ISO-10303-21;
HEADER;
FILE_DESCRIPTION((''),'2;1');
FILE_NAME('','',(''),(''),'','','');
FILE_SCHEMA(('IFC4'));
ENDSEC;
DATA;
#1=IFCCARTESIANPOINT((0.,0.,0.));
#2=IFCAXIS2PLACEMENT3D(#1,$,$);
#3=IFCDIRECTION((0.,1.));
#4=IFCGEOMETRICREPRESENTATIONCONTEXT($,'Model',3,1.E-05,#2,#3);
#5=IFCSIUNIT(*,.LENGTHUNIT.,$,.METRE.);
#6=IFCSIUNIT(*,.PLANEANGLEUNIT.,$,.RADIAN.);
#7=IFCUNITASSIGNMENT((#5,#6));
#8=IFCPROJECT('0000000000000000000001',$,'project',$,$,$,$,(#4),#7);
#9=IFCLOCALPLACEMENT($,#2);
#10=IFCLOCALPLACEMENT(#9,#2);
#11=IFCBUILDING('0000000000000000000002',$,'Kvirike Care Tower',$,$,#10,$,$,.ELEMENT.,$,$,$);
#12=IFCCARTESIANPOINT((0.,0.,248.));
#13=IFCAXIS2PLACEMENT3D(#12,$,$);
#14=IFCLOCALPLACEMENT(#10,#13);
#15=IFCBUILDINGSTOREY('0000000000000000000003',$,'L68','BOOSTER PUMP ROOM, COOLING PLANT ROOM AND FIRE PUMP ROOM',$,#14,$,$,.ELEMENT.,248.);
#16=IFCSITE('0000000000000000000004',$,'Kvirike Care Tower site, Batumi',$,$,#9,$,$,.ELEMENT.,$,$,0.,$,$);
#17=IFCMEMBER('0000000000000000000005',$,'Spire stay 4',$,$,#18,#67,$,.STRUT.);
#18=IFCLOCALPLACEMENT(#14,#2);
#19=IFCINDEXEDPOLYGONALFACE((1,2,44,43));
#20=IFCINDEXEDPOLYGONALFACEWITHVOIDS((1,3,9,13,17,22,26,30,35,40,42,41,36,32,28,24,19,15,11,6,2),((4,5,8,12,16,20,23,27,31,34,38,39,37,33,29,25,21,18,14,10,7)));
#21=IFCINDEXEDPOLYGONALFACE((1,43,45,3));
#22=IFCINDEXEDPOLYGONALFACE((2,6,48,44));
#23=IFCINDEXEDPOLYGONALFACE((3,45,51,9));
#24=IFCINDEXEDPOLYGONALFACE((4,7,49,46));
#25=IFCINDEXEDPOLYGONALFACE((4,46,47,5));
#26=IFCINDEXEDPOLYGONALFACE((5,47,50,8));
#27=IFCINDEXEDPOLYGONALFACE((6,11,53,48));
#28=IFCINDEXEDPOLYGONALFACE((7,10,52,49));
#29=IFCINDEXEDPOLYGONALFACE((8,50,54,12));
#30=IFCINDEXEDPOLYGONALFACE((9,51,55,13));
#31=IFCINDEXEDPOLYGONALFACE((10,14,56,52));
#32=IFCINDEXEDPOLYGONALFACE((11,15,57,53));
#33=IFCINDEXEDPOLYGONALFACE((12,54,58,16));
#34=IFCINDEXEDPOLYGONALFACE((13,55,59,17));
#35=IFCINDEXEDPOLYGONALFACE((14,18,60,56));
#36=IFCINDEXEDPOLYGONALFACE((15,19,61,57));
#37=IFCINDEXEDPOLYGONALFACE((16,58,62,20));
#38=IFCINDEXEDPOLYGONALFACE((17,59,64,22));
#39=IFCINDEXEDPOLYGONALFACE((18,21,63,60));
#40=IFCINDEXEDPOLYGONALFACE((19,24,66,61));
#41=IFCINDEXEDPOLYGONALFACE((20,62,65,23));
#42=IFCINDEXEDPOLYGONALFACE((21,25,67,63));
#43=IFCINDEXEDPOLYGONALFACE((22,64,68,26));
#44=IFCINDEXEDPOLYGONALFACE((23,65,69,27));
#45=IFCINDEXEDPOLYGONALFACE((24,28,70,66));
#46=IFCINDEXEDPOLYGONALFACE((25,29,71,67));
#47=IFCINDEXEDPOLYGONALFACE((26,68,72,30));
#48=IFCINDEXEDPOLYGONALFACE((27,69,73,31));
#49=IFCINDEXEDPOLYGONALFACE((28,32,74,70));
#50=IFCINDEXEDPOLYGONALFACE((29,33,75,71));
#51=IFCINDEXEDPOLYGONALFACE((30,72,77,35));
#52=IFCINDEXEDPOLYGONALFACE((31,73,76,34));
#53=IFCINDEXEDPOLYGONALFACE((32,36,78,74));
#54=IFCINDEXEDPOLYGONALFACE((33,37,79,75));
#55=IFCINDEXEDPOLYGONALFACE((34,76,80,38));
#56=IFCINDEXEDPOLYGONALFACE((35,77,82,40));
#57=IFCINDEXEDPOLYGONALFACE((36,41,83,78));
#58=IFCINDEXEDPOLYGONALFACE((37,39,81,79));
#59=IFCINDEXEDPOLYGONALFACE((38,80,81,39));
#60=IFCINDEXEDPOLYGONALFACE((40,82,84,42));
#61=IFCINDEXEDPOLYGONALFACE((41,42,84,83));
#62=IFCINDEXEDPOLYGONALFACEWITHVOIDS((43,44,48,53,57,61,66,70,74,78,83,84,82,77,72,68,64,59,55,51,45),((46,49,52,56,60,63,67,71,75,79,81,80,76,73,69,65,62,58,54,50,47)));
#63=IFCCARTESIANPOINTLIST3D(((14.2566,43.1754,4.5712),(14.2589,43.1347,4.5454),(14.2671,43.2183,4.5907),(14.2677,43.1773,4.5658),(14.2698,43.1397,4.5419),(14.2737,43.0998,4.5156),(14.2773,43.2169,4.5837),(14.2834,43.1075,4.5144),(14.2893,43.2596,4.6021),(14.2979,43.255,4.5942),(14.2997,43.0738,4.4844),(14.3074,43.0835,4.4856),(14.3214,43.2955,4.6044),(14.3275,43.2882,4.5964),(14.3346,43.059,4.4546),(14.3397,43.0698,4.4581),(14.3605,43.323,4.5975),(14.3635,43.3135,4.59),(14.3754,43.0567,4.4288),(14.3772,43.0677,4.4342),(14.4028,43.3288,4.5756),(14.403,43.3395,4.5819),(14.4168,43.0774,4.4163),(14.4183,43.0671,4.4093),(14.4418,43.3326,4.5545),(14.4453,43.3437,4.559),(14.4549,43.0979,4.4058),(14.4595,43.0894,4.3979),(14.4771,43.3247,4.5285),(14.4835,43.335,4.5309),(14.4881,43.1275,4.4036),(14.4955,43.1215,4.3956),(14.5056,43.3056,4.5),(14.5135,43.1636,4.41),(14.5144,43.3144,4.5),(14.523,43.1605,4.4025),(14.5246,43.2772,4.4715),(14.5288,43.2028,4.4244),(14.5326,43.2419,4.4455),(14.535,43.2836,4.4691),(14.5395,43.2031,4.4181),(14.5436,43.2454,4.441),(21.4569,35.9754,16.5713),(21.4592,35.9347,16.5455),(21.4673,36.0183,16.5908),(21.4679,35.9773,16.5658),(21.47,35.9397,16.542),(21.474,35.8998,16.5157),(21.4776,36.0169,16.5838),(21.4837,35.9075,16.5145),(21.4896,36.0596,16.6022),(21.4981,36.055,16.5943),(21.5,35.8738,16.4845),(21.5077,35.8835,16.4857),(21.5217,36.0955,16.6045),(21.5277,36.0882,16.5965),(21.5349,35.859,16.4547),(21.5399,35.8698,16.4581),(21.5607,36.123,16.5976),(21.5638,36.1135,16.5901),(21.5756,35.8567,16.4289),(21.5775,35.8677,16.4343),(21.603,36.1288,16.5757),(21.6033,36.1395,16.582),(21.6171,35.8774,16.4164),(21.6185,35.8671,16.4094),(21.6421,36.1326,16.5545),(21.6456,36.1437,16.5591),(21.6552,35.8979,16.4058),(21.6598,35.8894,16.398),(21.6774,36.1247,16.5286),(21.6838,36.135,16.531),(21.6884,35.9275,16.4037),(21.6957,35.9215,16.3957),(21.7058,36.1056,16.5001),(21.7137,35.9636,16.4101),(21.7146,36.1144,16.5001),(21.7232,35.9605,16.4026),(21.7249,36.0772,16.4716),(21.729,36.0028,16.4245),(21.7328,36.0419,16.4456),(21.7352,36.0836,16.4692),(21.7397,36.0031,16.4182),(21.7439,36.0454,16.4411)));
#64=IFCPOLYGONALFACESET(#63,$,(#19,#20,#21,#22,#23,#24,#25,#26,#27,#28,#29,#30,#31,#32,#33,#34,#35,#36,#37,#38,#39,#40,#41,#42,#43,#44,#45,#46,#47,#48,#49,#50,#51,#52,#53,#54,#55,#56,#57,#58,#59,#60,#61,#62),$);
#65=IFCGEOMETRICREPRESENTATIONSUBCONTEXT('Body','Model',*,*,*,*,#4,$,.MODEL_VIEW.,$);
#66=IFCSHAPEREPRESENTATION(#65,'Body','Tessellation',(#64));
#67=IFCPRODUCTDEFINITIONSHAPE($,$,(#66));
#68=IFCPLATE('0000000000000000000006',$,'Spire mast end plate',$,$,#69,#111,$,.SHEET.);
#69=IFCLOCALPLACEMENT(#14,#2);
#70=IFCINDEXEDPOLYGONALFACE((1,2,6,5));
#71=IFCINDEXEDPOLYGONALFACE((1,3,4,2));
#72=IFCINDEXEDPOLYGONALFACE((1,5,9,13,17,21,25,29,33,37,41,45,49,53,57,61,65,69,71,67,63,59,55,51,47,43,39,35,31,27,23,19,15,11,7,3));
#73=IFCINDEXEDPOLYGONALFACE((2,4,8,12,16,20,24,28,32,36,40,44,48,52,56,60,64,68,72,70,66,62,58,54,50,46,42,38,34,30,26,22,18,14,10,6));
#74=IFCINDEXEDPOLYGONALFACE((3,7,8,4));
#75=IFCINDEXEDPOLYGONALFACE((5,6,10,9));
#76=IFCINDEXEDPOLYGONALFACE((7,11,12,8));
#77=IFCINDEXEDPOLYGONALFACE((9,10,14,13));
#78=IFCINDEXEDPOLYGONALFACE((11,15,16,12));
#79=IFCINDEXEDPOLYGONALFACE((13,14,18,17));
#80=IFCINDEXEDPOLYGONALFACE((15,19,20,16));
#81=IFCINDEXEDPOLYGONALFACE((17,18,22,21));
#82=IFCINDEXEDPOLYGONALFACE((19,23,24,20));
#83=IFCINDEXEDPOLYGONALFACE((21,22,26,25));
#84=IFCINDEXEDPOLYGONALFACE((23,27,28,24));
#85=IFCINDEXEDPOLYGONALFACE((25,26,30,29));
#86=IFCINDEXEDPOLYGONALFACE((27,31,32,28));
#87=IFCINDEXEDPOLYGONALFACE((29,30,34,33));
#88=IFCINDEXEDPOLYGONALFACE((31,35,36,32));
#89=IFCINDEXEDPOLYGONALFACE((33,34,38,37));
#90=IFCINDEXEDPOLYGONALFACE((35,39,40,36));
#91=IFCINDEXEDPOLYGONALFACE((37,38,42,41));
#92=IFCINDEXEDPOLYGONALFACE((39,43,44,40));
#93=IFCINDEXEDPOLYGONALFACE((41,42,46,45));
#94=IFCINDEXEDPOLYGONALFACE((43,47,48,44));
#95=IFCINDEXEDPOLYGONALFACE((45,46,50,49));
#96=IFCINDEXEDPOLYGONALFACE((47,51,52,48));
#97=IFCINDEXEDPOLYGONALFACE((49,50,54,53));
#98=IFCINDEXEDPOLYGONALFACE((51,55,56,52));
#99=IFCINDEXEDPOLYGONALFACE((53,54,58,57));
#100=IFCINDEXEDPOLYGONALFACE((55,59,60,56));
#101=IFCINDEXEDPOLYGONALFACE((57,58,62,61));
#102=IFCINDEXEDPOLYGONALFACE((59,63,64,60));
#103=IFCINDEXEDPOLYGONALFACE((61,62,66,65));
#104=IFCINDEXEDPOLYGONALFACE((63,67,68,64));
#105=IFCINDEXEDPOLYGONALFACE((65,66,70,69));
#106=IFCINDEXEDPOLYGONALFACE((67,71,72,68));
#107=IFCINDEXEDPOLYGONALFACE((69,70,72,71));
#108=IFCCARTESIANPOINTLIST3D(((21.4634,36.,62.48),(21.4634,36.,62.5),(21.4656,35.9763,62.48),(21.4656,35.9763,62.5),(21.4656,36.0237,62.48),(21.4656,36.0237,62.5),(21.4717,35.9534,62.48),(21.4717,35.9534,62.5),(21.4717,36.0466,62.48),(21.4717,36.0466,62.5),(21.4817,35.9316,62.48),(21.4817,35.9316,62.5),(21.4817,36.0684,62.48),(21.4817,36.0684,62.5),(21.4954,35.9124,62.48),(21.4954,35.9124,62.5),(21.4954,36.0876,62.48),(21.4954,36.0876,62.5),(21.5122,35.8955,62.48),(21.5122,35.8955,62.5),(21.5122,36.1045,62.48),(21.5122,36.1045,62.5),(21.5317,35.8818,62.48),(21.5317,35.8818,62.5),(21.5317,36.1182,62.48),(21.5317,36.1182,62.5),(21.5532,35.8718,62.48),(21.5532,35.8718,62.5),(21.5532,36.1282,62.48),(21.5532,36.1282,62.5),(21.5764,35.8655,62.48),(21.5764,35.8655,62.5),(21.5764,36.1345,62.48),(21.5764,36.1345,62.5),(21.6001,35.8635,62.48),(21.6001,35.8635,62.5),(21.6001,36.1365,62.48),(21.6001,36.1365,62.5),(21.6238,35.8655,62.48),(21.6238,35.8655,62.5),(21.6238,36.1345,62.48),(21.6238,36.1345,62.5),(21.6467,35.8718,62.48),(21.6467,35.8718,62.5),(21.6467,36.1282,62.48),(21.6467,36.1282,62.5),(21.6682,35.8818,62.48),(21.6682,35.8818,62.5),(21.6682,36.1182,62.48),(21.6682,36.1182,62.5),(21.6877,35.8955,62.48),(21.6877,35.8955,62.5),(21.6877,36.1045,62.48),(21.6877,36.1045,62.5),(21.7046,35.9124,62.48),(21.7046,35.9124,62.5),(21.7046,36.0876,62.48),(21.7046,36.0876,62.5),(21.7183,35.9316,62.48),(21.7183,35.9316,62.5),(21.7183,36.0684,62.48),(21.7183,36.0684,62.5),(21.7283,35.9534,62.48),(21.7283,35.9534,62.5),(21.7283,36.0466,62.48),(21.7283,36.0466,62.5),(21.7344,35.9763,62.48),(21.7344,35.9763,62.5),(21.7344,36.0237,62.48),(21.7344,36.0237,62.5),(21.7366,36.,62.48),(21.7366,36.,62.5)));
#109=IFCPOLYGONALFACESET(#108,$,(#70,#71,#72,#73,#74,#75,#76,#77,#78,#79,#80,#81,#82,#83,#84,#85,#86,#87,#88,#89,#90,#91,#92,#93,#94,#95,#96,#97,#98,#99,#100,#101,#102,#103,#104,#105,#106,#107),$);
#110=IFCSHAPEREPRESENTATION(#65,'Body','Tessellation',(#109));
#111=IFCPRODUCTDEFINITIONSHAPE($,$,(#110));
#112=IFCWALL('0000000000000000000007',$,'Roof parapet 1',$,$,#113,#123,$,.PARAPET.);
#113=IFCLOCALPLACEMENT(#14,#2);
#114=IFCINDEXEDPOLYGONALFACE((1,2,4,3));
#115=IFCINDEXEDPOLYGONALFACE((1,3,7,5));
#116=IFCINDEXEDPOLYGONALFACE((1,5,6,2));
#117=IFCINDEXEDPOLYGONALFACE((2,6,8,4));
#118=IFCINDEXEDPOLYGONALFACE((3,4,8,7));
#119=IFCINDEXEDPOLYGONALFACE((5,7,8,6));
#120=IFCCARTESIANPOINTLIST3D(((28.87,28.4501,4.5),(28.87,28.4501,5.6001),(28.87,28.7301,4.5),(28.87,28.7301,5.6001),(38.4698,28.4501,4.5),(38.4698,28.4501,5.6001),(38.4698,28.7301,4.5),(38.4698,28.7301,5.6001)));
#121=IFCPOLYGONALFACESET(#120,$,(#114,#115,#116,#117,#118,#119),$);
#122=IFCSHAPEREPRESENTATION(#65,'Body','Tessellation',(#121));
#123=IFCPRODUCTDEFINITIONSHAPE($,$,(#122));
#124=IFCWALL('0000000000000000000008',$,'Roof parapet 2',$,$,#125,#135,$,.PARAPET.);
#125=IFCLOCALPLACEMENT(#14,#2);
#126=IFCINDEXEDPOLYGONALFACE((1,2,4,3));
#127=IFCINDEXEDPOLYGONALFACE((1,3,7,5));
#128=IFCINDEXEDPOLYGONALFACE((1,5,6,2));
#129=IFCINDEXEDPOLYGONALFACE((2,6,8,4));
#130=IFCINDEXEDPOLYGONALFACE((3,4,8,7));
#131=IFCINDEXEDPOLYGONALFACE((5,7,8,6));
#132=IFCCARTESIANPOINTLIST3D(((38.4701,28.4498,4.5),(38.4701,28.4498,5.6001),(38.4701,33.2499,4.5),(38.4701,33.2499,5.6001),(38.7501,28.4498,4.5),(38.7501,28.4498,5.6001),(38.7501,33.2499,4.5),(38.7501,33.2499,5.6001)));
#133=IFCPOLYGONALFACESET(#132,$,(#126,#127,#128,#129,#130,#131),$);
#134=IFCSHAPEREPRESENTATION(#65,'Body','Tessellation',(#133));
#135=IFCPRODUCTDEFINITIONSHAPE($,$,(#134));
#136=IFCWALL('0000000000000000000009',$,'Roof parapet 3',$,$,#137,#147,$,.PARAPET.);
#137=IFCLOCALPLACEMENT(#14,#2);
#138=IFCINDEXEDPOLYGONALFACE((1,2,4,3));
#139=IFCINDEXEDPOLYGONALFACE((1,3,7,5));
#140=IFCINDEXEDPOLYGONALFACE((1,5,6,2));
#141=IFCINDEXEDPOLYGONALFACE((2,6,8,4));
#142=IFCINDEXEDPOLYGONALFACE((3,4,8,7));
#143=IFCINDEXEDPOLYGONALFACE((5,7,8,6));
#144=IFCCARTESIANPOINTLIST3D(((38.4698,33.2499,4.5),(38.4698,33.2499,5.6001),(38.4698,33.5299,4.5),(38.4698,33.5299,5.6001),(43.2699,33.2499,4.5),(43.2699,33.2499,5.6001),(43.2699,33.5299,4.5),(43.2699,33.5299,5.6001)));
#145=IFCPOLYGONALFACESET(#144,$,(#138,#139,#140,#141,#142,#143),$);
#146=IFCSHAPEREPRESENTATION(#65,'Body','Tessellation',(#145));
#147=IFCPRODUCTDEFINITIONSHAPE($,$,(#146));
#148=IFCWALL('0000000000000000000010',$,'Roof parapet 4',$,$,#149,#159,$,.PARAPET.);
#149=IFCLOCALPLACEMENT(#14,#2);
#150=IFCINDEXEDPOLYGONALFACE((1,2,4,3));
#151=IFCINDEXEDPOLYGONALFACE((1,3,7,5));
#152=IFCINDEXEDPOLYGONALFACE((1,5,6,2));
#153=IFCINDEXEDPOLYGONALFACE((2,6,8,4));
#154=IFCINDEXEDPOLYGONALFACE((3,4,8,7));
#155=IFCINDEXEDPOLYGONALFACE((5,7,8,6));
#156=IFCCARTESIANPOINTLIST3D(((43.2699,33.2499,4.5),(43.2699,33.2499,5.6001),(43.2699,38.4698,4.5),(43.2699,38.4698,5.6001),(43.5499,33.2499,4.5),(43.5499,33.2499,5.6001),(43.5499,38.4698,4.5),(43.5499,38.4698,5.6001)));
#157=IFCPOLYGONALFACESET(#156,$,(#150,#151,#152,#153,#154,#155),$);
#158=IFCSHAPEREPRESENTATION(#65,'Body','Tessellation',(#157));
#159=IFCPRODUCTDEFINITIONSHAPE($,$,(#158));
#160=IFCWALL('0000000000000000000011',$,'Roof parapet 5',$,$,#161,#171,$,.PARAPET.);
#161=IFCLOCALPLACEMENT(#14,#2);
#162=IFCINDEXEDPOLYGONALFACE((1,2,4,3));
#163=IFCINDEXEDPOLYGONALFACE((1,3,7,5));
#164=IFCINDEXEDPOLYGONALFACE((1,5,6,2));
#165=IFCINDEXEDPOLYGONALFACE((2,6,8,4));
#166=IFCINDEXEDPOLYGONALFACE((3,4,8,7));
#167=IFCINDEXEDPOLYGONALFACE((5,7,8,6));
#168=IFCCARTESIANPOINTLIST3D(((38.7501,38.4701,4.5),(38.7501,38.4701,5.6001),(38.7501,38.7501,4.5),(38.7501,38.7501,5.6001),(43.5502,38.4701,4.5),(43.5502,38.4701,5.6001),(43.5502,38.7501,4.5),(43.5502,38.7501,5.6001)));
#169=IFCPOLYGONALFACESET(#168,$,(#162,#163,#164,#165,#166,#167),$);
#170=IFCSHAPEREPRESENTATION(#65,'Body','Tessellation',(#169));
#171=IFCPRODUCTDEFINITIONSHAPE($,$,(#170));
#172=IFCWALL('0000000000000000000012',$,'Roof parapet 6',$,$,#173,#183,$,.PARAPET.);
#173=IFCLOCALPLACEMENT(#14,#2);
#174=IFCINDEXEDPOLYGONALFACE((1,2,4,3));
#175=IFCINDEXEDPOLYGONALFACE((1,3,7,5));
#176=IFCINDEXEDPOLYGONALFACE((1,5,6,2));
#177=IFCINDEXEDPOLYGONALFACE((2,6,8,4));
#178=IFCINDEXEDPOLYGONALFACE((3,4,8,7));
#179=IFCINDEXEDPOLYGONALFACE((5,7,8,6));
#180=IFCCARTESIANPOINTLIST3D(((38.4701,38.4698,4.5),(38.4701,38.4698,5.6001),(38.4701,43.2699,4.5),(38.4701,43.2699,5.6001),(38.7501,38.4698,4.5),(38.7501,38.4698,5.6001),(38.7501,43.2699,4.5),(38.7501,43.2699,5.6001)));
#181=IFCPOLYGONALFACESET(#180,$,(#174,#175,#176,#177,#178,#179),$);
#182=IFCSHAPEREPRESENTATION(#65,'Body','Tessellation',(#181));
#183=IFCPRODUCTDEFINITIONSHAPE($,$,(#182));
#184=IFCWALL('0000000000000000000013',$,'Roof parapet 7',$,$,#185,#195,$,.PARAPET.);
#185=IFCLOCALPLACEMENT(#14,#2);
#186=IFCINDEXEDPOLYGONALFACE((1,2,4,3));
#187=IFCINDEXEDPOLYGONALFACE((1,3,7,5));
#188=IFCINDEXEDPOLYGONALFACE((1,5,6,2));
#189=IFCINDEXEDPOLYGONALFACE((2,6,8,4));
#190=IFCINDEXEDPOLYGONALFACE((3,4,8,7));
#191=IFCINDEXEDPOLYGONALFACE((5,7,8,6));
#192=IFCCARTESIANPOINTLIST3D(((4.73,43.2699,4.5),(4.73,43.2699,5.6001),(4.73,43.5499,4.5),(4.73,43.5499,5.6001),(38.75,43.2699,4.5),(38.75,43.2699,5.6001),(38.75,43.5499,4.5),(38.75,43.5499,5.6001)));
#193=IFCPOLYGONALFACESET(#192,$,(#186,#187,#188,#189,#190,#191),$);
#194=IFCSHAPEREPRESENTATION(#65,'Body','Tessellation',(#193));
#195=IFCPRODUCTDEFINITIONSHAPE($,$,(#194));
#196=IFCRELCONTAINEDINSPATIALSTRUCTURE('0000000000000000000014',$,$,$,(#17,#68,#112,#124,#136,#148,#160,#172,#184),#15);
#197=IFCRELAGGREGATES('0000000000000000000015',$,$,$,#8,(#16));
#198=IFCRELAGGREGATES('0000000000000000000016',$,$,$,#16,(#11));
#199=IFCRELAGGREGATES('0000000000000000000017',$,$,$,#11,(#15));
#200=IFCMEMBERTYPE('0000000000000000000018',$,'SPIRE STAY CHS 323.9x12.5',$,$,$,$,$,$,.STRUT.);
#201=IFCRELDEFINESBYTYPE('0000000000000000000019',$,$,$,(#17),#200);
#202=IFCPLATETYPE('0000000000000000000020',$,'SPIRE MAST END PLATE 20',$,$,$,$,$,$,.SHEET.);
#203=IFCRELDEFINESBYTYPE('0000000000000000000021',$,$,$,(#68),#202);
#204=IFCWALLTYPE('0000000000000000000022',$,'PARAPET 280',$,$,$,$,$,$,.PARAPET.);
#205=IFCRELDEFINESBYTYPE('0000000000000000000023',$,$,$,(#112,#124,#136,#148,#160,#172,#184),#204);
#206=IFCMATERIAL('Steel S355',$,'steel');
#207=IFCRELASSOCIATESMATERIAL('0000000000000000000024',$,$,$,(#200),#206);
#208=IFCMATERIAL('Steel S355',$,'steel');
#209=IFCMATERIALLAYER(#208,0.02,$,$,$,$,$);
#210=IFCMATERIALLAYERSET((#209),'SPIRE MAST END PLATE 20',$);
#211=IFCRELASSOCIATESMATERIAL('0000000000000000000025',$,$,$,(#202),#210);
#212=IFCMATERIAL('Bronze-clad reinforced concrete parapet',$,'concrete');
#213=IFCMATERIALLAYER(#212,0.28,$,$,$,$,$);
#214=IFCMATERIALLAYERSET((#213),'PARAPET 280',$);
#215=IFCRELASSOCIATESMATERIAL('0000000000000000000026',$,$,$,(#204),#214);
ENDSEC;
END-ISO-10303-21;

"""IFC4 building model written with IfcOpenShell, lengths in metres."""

from ifc_helpers import new_model, si_unit, direction, frame, frame_2d, origin, origin_2d, place, context, subcontext, project, spatial, polyline, rectangle, hollow_circle, outline, extrude, material, layer, layer_set, material_profile, profile_set, type_object, element, save


model = new_model("IFC4")

# Units and contexts
model_context = context("Model", 3, precision=1e-05, world=origin(), true_north=direction((0.0, 1.0)))
body_context = subcontext(model_context, "Body", "Model", "MODEL_VIEW")
ifc_project = project(units=[si_unit("LENGTHUNIT", "METRE"), si_unit("PLANEANGLEUNIT", "RADIAN")], contexts=[model_context])

# Site, building, storey
site_placement = place(None, origin())
site = spatial("IfcSite", under=ifc_project, at=site_placement, Name="Kvirike Care Tower site, Batumi", CompositionType="ELEMENT", RefElevation=0.0)
building_placement = place(site_placement, origin())
building = spatial("IfcBuilding", under=site, at=building_placement, Name="Kvirike Care Tower", CompositionType="ELEMENT")
storey_placement = place(building_placement, frame((0.0, 0.0, 248.0)))
storey = spatial("IfcBuildingStorey", under=building, at=storey_placement, Name="L68", Description="BOOSTER PUMP ROOM, COOLING PLANT ROOM AND FIRE PUMP ROOM", CompositionType="ELEMENT", Elevation=248.0)

# Member
ifc_material_1 = material(Name="Steel S355", Category="steel")
ifc_material_profile_1 = material_profile(ifc_material_1, hollow_circle(Radius=0.1619, WallThickness=0.0125, at=origin_2d()), Name="CHS 323.9x12.5")
ifc_profile_set_1 = profile_set([ifc_material_profile_1], Name="Steel S355")
member_type_1 = type_object("IfcMemberType", Name="SPIRE STAY CHS 323.9x12.5", PredefinedType="STRUT", material=ifc_profile_set_1)
member_1_placement = place(storey_placement, frame((14.3999, 43.2, 4.5), z_axis=(0.457506, -0.457491, 0.76249), x_axis=(0.707095, 0.707119, 0.0)))
element("IfcMember", 1, at=member_1_placement, inside=storey, type_object=member_type_1, Name="Spire stay 4", PredefinedType="STRUT", context=body_context, shape_type="SweptSolid", body=[
    extrude(hollow_circle(Radius=0.1619, WallThickness=0.0125, at=origin_2d()), origin(), (0.0, 0.0, 1.0), 15.738),
])

# Plate
ifc_material_2 = material(Name="Steel S355", Category="steel")
ifc_layer_1 = layer(ifc_material_2, 0.02)
ifc_layer_set_1 = layer_set([ifc_layer_1], Name="SPIRE MAST END PLATE 20")
plate_type = type_object("IfcPlateType", Name="SPIRE MAST END PLATE 20", PredefinedType="SHEET", material=ifc_layer_set_1)
plate_placement = place(storey_placement, frame((0.0, 0.0, 62.48)))
element("IfcPlate", 2, at=plate_placement, inside=storey, type_object=plate_type, Name="Spire mast end plate", PredefinedType="SHEET", context=body_context, shape_type="SweptSolid", body=[
    extrude(outline(polyline([(21.7366, 36.0), (21.7344, 36.0237), (21.7283, 36.0466), (21.7183, 36.0684), (21.7046, 36.0876), (21.6877, 36.1045), (21.6682, 36.1182), (21.6467, 36.1282), (21.6238, 36.1345), (21.6001, 36.1365), (21.5764, 36.1345), (21.5532, 36.1282), (21.5317, 36.1182), (21.5122, 36.1045), (21.4954, 36.0876), (21.4817, 36.0684), (21.4717, 36.0466), (21.4656, 36.0237), (21.4634, 36.0), (21.4656, 35.9763), (21.4717, 35.9534), (21.4817, 35.9316), (21.4954, 35.9124), (21.5122, 35.8955), (21.5317, 35.8818), (21.5532, 35.8718), (21.5764, 35.8655), (21.6001, 35.8635), (21.6238, 35.8655), (21.6467, 35.8718), (21.6682, 35.8818), (21.6877, 35.8955), (21.7046, 35.9124), (21.7183, 35.9316), (21.7283, 35.9534), (21.7344, 35.9763), (21.7366, 36.0)])), origin(), (0.0, 0.0, 1.0), 0.02),
])

# Walls
ifc_material_3 = material(Name="Bronze-clad reinforced concrete parapet", Category="concrete")
ifc_layer_2 = layer(ifc_material_3, 0.28)
ifc_layer_set_2 = layer_set([ifc_layer_2], Name="PARAPET 280")
wall_type = type_object("IfcWallType", Name="PARAPET 280", PredefinedType="PARAPET", material=ifc_layer_set_2)
wall_1_placement = place(storey_placement, frame((28.8701, 28.5901, 4.5), z_axis=(0.0, 0.0, 1.0), x_axis=(1.0, 0.0, 0.0)))
element("IfcWall", 3, at=wall_1_placement, inside=storey, type_object=wall_type, Name="Roof parapet 1", PredefinedType="PARAPET", context=body_context, shape_type="SweptSolid", body=[
    extrude(rectangle(XDim=9.5999, YDim=0.28, at=frame_2d((4.7998, 0.0))), origin(), (0.0, 0.0, 1.0), 1.1001),
])
for number, where, z_axis, x_axis, name in (
    (4, (38.6101, 28.45, 4.5), (0.0, 0.0, 1.0), (0.0, 1.0, 0.0), "Roof parapet 2"),
    (5, (38.47, 33.3899, 4.5), (0.0, 0.0, 1.0), (1.0, 0.0, 0.0), "Roof parapet 3"),
):
    element("IfcWall", number, at=place(storey_placement, frame(where, z_axis=z_axis, x_axis=x_axis)), inside=storey, type_object=wall_type, Name=name, PredefinedType="PARAPET", context=body_context, shape_type="SweptSolid", body=[
        extrude(rectangle(XDim=4.8, YDim=0.28, at=frame_2d((2.3999, 0.0))), origin(), (0.0, 0.0, 1.0), 1.1001),
    ])
wall_2_placement = place(storey_placement, frame((43.4099, 33.25, 4.5), z_axis=(0.0, 0.0, 1.0), x_axis=(0.0, 1.0, 0.0)))
element("IfcWall", 6, at=wall_2_placement, inside=storey, type_object=wall_type, Name="Roof parapet 4", PredefinedType="PARAPET", context=body_context, shape_type="SweptSolid", body=[
    extrude(rectangle(XDim=5.22, YDim=0.28, at=frame_2d((2.6099, 0.0))), origin(), (0.0, 0.0, 1.0), 1.1001),
])
for number, where, z_axis, x_axis, name in (
    (7, (43.55, 38.6101, 4.5), (0.0, 0.0, 1.0), (-1.0, 0.0, 0.0), "Roof parapet 5"),
    (8, (38.6101, 38.47, 4.5), (0.0, 0.0, 1.0), (0.0, 1.0, 0.0), "Roof parapet 6"),
):
    element("IfcWall", number, at=place(storey_placement, frame(where, z_axis=z_axis, x_axis=x_axis)), inside=storey, type_object=wall_type, Name=name, PredefinedType="PARAPET", context=body_context, shape_type="SweptSolid", body=[
        extrude(rectangle(XDim=4.8, YDim=0.28, at=frame_2d((2.3999, 0.0))), origin(), (0.0, 0.0, 1.0), 1.1001),
    ])
wall_3_placement = place(storey_placement, frame((38.75, 43.4099, 4.5), z_axis=(0.0, 0.0, 1.0), x_axis=(-1.0, 0.0, 0.0)))
element("IfcWall", 9, at=wall_3_placement, inside=storey, type_object=wall_type, Name="Roof parapet 7", PredefinedType="PARAPET", context=body_context, shape_type="SweptSolid", body=[
    extrude(rectangle(XDim=34.02, YDim=0.28, at=frame_2d((17.01, 0.0))), origin(), (0.0, 0.0, 1.0), 1.1001),
])

save(model, "model.ifc")
